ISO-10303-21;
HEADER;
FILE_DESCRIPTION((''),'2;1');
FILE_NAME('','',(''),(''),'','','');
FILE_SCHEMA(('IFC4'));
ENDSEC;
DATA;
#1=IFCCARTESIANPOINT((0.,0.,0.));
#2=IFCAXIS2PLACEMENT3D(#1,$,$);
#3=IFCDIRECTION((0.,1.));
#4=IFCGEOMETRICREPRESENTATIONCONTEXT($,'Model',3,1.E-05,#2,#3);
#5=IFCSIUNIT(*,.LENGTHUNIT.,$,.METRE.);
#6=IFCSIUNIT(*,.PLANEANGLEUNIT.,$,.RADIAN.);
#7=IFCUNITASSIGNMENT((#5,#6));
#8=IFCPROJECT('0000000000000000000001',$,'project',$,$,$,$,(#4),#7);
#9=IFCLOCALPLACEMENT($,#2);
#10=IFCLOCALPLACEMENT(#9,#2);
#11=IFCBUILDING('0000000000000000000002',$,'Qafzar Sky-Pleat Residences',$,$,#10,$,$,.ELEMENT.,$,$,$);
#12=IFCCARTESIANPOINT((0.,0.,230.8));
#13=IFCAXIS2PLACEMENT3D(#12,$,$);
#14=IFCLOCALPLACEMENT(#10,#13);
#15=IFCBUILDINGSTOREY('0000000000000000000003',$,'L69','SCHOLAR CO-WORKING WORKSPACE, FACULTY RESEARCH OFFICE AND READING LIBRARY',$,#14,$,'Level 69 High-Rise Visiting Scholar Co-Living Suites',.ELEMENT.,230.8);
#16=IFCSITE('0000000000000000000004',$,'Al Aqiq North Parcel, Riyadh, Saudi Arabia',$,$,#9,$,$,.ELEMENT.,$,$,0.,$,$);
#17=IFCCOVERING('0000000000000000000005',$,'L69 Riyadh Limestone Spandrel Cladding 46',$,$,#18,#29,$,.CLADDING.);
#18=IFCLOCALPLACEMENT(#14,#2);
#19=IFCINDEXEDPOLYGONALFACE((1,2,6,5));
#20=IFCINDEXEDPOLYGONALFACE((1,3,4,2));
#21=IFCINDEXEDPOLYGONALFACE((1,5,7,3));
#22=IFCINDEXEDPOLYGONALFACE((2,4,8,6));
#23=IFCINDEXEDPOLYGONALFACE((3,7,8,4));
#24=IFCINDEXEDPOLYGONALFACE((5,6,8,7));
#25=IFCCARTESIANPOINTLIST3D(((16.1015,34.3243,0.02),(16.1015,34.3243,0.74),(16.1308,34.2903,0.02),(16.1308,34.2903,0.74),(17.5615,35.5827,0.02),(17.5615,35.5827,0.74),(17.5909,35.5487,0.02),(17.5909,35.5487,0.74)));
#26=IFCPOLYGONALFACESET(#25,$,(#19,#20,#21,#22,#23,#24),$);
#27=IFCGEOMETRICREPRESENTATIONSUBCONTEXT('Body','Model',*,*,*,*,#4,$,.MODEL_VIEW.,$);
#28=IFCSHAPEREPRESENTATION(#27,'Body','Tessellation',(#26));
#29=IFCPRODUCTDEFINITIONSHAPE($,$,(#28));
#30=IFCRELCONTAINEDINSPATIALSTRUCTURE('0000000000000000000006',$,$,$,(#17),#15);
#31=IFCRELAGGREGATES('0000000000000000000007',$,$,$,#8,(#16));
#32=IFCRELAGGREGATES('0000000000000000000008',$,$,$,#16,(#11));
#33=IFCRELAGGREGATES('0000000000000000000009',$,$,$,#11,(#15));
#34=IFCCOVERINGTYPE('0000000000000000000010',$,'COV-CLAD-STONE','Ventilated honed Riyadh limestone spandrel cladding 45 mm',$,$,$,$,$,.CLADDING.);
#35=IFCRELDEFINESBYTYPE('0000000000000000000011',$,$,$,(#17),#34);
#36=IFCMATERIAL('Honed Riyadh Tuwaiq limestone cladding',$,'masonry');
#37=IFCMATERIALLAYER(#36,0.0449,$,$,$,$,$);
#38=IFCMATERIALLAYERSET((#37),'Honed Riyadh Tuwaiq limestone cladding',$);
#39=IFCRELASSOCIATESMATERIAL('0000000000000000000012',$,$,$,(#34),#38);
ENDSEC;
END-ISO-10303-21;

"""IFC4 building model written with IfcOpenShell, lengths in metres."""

from ifc_helpers import new_model, si_unit, direction, frame, origin, origin_2d, place, context, subcontext, project, spatial, rectangle, extrude, source, transform, mapped, material, layer, layer_set, type_object, element, save


model = new_model("IFC4")

# Units and contexts
model_context = context("Model", 3, precision=1e-05, world=origin(), true_north=direction((0.0, 1.0)))
body_context = subcontext(model_context, "Body", "Model", "MODEL_VIEW")
ifc_project = project(units=[si_unit("LENGTHUNIT", "METRE"), si_unit("PLANEANGLEUNIT", "RADIAN")], contexts=[model_context])

# Site, building, storey
site_placement = place(None, origin())
site = spatial("IfcSite", under=ifc_project, at=site_placement, Name="Al Aqiq North Parcel, Riyadh, Saudi Arabia", CompositionType="ELEMENT", RefElevation=0.0)
building_placement = place(site_placement, origin())
building = spatial("IfcBuilding", under=site, at=building_placement, Name="Qafzar Sky-Pleat Residences", CompositionType="ELEMENT")
storey_placement = place(building_placement, frame((0.0, 0.0, 230.8)))
storey = spatial("IfcBuildingStorey", under=building, at=storey_placement, Name="L69", Description="SCHOLAR CO-WORKING WORKSPACE, FACULTY RESEARCH OFFICE AND READING LIBRARY", LongName="Level 69 High-Rise Visiting Scholar Co-Living Suites", CompositionType="ELEMENT", Elevation=230.8)

# Covering
ifc_material_1 = material(Name="Honed Riyadh Tuwaiq limestone cladding", Category="masonry")
ifc_layer_1 = layer(ifc_material_1, 0.0449)
ifc_layer_set_1 = layer_set([ifc_layer_1], Name="Honed Riyadh Tuwaiq limestone cladding")
covering_type = type_object("IfcCoveringType", Name="COV-CLAD-STONE", Description="Ventilated honed Riyadh limestone spandrel cladding 45 mm", PredefinedType="CLADDING", material=ifc_layer_set_1)
shared_shape_1 = source(origin(), body_context, "Body", "SweptSolid", [
    extrude(rectangle(XDim=1.9275, YDim=0.0449, at=origin_2d()), origin(), (0.0, 0.0, 1.0), 0.72),
])
covering_placement = place(storey_placement, frame((16.8462, 34.9365, 0.02), z_axis=(0.0, 0.0, 1.0), x_axis=(-0.75747, -0.652869, 0.0)))
element("IfcCovering", 1, at=covering_placement, inside=storey, type_object=covering_type, Name="L69 Riyadh Limestone Spandrel Cladding 46", PredefinedType="CLADDING", context=body_context, shape_type="MappedRepresentation", body=[
    mapped(shared_shape_1, transform((0.0, 0.0, 0.0), x_axis=(1.0, 0.0, 0.0), y_axis=(0.0, 1.0, 0.0), z_axis=(0.0, 0.0, 1.0), scale=1.0)),
])

save(model, "model.ifc")
